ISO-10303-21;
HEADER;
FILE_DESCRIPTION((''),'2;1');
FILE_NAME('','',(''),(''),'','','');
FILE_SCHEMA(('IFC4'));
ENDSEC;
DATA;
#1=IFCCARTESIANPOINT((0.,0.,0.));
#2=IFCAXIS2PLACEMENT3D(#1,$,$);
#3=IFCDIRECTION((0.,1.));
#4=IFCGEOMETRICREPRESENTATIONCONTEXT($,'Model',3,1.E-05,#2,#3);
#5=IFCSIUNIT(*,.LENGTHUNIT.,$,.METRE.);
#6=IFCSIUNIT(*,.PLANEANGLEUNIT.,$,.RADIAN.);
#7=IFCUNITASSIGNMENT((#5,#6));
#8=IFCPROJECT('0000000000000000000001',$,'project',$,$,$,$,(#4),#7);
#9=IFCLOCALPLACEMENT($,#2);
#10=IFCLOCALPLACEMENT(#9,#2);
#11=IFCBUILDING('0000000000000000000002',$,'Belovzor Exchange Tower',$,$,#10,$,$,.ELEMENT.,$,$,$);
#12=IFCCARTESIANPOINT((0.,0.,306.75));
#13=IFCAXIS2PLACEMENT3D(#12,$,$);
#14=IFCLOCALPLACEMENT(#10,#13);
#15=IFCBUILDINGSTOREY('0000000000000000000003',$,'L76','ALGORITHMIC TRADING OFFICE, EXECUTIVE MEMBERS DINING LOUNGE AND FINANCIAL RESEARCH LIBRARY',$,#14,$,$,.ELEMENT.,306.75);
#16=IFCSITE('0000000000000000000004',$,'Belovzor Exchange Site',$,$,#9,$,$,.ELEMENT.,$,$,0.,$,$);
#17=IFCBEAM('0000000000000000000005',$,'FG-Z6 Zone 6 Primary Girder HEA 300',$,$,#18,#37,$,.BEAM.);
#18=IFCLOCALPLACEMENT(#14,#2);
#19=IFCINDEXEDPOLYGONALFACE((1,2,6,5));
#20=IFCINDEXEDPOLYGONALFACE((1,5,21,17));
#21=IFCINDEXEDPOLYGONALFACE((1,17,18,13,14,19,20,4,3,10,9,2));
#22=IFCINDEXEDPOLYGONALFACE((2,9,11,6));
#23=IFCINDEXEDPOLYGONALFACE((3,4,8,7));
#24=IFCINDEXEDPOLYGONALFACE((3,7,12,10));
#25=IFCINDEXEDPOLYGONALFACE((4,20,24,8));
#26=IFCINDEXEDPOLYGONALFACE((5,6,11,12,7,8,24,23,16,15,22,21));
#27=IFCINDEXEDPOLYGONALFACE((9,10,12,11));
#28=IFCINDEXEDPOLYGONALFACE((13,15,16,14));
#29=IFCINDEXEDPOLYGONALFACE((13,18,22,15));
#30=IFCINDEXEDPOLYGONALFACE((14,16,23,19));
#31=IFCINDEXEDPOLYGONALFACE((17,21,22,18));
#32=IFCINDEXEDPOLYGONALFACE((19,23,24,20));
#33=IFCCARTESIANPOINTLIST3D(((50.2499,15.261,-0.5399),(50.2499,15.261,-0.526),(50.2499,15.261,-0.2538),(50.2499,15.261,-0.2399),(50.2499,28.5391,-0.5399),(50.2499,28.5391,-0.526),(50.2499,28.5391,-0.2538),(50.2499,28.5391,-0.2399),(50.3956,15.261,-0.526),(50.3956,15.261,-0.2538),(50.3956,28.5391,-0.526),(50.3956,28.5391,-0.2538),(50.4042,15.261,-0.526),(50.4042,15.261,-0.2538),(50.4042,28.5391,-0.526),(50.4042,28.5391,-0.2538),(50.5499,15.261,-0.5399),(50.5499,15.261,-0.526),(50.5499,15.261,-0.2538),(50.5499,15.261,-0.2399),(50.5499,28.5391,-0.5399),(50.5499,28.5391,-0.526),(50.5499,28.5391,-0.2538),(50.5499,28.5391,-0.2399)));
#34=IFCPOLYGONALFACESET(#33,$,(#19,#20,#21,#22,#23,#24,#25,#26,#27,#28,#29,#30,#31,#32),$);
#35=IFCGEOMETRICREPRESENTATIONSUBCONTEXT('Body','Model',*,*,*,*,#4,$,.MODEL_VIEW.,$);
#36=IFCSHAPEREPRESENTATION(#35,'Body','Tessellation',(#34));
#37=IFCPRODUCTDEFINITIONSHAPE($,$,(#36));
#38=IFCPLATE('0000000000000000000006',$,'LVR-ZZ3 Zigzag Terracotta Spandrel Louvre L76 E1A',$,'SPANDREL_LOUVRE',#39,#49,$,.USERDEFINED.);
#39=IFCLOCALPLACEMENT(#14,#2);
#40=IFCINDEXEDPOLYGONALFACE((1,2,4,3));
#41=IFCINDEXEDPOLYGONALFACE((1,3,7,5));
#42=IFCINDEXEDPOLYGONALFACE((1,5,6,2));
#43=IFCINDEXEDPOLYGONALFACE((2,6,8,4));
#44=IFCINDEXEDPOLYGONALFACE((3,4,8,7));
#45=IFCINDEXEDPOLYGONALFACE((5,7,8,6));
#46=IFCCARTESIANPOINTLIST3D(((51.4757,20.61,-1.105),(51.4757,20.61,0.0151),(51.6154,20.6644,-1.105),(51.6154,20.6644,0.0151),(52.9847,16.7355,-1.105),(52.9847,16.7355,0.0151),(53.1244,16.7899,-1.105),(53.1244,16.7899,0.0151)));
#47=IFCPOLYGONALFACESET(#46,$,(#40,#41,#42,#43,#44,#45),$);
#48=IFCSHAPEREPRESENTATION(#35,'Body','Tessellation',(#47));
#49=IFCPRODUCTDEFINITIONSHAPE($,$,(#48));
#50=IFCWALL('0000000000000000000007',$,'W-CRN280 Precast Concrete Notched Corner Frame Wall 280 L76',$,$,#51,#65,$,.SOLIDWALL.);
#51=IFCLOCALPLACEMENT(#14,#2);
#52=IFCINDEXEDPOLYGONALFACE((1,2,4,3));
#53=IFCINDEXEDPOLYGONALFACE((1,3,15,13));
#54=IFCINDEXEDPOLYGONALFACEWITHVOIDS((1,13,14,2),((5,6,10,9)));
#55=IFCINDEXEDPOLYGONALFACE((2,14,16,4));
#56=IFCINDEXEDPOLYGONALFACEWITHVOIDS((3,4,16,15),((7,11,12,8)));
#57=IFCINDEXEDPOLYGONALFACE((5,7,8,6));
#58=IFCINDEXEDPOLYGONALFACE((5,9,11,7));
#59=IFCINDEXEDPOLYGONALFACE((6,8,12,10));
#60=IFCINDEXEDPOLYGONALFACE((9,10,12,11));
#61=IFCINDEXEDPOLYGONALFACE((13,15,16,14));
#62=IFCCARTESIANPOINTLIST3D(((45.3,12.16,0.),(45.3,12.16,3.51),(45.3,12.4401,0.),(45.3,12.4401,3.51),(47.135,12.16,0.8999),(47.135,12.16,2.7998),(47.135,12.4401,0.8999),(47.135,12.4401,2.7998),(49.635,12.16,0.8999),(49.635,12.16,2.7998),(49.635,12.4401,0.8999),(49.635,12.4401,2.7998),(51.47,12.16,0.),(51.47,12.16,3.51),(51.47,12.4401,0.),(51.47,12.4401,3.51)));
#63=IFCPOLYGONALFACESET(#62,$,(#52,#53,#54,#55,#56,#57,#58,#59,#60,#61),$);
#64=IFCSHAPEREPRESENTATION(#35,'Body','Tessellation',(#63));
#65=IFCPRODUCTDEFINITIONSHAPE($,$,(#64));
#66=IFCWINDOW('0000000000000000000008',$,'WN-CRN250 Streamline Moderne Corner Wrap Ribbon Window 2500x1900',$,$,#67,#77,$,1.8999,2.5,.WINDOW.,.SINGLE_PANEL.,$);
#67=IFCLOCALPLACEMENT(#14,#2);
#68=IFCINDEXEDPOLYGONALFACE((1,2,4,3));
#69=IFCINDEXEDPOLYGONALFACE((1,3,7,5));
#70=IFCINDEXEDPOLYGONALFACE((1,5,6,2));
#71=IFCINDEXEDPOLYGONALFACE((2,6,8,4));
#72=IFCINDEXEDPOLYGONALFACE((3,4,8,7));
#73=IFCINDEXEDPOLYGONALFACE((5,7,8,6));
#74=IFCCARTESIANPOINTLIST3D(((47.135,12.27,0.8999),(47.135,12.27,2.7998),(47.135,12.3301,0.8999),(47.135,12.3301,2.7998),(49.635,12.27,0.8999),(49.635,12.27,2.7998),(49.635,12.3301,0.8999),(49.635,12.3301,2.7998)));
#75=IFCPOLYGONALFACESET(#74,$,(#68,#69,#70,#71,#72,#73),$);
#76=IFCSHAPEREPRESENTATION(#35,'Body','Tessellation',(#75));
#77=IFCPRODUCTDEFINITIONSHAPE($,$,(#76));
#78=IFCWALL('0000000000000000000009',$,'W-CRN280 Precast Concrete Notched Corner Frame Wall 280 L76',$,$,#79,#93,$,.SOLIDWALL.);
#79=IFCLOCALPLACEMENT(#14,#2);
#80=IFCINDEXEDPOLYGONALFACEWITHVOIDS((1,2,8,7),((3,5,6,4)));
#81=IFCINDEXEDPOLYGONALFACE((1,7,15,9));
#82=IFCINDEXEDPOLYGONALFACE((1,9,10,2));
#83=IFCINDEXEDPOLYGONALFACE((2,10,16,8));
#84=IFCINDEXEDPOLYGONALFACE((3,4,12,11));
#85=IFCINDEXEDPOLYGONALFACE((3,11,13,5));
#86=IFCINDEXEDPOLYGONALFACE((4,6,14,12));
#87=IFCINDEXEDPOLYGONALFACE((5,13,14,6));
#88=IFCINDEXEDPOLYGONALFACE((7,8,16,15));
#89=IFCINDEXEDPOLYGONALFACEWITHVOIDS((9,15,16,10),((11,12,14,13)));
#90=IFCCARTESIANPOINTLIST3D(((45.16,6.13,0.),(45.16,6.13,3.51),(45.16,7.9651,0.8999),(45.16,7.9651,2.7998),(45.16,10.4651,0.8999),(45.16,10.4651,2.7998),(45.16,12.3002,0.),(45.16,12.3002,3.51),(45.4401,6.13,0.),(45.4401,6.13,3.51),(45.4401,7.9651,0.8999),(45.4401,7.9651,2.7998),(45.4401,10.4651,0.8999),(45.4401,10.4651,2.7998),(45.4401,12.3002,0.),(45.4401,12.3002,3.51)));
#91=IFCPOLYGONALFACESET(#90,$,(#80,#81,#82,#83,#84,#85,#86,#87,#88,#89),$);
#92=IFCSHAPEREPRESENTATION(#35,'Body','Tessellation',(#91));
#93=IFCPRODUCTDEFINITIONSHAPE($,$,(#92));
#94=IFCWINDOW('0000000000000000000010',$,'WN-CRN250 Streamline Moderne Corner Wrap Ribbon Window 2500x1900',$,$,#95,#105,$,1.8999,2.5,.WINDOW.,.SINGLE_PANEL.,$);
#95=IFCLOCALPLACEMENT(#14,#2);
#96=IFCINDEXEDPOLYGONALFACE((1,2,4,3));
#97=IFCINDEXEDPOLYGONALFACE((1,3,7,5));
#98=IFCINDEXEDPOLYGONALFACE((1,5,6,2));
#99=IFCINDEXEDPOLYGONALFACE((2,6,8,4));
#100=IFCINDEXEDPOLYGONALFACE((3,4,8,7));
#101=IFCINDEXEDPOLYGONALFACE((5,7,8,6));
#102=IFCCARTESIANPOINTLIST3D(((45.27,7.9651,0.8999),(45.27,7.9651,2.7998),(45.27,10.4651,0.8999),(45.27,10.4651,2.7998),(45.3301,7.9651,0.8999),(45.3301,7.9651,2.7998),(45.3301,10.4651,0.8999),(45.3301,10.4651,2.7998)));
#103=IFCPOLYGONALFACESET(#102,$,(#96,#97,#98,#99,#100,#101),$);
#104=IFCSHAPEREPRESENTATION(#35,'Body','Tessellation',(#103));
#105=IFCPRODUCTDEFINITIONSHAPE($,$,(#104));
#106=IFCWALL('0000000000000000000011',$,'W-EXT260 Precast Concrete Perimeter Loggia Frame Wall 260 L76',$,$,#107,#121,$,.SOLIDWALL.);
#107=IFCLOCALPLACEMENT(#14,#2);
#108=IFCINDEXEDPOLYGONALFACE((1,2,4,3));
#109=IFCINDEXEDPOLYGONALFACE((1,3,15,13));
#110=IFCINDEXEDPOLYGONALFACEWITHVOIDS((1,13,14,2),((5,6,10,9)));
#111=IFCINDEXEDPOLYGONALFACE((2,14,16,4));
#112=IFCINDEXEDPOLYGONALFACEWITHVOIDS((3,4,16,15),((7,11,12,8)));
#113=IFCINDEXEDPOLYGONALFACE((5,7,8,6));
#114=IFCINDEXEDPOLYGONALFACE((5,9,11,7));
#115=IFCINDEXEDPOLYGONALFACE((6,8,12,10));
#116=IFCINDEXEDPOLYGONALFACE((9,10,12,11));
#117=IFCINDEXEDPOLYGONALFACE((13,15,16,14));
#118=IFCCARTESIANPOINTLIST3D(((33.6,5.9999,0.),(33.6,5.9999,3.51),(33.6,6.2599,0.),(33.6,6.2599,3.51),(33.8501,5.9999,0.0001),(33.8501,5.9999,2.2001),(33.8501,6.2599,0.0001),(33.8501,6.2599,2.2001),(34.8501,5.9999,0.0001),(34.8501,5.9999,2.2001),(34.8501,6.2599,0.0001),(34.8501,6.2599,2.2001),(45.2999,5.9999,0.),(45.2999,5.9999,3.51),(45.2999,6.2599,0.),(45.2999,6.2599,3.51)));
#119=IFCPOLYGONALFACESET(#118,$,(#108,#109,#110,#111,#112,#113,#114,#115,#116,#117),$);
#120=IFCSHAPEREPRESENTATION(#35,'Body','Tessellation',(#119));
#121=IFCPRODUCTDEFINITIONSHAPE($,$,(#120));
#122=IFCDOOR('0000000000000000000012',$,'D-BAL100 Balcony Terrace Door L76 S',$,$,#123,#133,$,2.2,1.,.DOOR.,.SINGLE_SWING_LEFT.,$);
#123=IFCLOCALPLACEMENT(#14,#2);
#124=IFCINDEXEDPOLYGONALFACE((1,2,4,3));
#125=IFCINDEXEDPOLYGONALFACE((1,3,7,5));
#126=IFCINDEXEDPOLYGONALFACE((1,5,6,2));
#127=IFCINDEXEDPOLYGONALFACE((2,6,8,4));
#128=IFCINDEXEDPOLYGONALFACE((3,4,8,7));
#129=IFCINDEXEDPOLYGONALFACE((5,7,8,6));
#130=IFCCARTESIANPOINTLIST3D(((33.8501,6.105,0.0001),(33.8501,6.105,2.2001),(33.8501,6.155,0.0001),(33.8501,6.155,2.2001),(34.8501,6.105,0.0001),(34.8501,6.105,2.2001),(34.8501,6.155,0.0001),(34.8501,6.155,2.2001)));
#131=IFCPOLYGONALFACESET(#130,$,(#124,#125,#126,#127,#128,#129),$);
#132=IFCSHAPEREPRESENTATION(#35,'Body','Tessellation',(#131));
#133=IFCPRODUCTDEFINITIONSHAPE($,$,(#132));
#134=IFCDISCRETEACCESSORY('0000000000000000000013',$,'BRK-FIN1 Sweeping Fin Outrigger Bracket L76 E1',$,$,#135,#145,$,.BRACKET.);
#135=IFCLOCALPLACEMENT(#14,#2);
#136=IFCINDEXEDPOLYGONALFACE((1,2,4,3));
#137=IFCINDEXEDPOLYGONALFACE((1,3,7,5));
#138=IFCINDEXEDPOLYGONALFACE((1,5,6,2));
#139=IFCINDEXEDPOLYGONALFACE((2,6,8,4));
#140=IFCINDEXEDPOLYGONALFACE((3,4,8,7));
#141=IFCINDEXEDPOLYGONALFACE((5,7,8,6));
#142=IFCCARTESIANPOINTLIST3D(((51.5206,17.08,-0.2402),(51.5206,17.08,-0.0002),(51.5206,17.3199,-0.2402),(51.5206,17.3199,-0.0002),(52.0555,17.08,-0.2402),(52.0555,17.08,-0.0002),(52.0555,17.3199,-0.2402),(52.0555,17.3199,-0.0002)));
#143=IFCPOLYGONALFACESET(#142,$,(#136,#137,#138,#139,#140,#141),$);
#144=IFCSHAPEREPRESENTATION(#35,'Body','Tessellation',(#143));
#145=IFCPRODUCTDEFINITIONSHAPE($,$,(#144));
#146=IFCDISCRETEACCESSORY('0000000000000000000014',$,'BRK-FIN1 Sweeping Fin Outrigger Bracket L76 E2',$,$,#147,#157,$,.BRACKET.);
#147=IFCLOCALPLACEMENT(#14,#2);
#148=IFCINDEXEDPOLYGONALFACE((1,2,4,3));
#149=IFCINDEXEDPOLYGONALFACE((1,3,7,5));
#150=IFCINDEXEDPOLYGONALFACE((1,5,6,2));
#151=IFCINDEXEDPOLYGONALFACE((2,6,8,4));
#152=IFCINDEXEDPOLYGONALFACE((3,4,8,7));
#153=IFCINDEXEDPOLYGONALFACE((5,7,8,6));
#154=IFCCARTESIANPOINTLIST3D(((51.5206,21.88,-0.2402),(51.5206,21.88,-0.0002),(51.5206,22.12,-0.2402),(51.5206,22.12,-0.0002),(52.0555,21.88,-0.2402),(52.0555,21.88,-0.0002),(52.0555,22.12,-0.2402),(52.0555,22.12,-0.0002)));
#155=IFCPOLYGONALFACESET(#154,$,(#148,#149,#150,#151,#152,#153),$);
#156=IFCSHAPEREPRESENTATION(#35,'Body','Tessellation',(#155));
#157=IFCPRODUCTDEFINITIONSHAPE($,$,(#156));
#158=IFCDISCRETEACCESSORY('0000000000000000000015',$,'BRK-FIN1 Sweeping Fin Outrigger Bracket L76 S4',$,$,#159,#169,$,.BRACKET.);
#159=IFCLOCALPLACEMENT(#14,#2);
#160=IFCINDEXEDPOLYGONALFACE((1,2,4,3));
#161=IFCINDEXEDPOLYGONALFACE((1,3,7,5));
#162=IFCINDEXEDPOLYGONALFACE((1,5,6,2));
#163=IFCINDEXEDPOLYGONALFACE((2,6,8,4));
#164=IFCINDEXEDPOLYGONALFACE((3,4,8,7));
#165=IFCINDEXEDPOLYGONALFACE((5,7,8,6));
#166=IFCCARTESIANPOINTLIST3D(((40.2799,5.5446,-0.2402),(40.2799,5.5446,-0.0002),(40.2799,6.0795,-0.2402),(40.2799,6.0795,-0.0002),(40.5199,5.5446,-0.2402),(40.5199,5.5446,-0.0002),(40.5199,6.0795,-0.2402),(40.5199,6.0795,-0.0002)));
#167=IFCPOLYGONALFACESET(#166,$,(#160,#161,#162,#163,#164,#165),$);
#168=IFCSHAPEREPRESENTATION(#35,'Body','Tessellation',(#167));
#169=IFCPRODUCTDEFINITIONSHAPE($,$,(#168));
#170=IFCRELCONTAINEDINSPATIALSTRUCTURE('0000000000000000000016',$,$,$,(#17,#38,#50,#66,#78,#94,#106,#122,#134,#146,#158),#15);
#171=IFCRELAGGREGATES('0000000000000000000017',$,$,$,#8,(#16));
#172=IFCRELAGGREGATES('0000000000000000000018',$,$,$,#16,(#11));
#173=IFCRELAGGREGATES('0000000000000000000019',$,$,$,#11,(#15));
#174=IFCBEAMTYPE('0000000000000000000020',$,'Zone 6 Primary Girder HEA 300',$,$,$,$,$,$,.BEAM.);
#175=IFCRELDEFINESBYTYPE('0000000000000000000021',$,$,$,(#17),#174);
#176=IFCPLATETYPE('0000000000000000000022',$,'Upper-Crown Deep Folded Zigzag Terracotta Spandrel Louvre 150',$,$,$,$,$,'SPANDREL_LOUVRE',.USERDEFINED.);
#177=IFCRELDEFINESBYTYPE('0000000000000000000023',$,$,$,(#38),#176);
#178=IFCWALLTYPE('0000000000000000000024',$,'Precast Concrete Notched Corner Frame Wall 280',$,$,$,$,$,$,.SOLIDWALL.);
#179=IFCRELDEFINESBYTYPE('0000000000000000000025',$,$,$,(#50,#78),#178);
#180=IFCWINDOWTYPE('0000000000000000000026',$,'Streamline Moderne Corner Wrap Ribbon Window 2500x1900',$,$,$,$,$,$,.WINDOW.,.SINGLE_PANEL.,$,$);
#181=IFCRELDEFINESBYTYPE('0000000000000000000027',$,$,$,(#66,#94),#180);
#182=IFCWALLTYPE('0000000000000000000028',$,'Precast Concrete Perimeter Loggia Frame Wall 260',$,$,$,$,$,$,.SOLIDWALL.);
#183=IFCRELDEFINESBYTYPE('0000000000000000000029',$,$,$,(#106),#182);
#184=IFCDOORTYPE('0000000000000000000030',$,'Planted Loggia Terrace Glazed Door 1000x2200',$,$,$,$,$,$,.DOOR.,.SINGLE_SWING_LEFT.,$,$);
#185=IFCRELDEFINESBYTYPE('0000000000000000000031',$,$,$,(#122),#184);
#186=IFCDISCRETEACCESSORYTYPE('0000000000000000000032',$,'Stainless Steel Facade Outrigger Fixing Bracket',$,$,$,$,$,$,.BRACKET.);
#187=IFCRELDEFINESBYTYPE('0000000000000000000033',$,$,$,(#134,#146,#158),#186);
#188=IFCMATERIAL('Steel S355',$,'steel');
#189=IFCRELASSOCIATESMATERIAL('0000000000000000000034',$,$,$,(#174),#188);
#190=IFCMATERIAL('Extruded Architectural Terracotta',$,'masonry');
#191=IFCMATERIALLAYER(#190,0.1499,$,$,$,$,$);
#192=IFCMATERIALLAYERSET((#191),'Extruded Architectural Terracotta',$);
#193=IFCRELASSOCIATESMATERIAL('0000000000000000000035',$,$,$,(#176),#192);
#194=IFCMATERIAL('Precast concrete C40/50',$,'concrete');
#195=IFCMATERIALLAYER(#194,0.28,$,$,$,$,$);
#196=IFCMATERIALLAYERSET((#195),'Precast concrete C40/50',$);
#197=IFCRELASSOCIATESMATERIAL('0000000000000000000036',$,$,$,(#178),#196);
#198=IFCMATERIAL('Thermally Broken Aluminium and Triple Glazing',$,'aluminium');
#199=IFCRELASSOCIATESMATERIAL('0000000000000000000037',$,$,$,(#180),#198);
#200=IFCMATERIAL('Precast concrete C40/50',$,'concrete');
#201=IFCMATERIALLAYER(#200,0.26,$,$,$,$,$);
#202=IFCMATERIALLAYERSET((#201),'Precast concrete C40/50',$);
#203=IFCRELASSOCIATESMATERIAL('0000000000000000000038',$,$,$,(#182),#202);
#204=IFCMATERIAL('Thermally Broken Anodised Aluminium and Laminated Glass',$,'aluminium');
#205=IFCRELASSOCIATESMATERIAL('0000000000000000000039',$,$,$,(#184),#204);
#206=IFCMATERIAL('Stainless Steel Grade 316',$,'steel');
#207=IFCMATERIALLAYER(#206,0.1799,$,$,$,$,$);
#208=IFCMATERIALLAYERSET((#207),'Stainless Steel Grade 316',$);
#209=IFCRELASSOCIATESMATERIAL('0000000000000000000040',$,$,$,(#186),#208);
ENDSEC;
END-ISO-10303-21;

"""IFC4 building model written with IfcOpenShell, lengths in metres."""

from ifc_helpers import new_model, si_unit, direction, frame, frame_2d, origin, origin_2d, place, context, subcontext, project, spatial, rectangle, i_section, extrude, material, layer, layer_set, material_profile, profile_set, type_object, element, fill, save


model = new_model("IFC4")

# Units and contexts
model_context = context("Model", 3, precision=1e-05, world=origin(), true_north=direction((0.0, 1.0)))
body_context = subcontext(model_context, "Body", "Model", "MODEL_VIEW")
ifc_project = project(units=[si_unit("LENGTHUNIT", "METRE"), si_unit("PLANEANGLEUNIT", "RADIAN")], contexts=[model_context])

# Site, building, storey
site_placement = place(None, origin())
site = spatial("IfcSite", under=ifc_project, at=site_placement, Name="Belovzor Exchange Site", CompositionType="ELEMENT", RefElevation=0.0)
building_placement = place(site_placement, origin())
building = spatial("IfcBuilding", under=site, at=building_placement, Name="Belovzor Exchange Tower", CompositionType="ELEMENT")
storey_placement = place(building_placement, frame((0.0, 0.0, 306.75)))
storey = spatial("IfcBuildingStorey", under=building, at=storey_placement, Name="L76", Description="ALGORITHMIC TRADING OFFICE, EXECUTIVE MEMBERS DINING LOUNGE AND FINANCIAL RESEARCH LIBRARY", CompositionType="ELEMENT", Elevation=306.75)

# Beam
ifc_material_1 = material(Name="Steel S355", Category="steel")
ifc_material_profile_1 = material_profile(ifc_material_1, i_section(OverallWidth=0.3, OverallDepth=0.3, WebThickness=0.0085, FlangeThickness=0.0139, at=origin_2d()))
ifc_profile_set_1 = profile_set([ifc_material_profile_1], Name="Steel S355")
beam_type_1 = type_object("IfcBeamType", Name="Zone 6 Primary Girder HEA 300", PredefinedType="BEAM", material=ifc_profile_set_1)
beam_1_placement = place(storey_placement, frame((50.3999, 15.261, -0.3899), z_axis=(0.0, 1.0, 0.0), x_axis=(-1.0, 0.0, 0.0)))
element("IfcBeam", 1, at=beam_1_placement, inside=storey, type_object=beam_type_1, Name="FG-Z6 Zone 6 Primary Girder HEA 300", PredefinedType="BEAM", context=body_context, shape_type="SweptSolid", body=[
    extrude(i_section(OverallWidth=0.3, OverallDepth=0.3, WebThickness=0.0085, FlangeThickness=0.0139, at=origin_2d()), origin(), (0.0, 0.0, 1.0), 13.2781),
])

# Plate
ifc_material_2 = material(Name="Extruded Architectural Terracotta", Category="masonry")
ifc_layer_1 = layer(ifc_material_2, 0.1499)
ifc_layer_set_1 = layer_set([ifc_layer_1], Name="Extruded Architectural Terracotta")
plate_type = type_object("IfcPlateType", Name="Upper-Crown Deep Folded Zigzag Terracotta Spandrel Louvre 150", ElementType="SPANDREL_LOUVRE", PredefinedType="USERDEFINED", material=ifc_layer_set_1)
plate_placement = place(storey_placement, frame((52.3, 18.7, -1.105), z_axis=(0.0, 0.0, 1.0), x_axis=(-0.362926, 0.931818, 0.0)))
element("IfcPlate", 2, at=plate_placement, inside=storey, type_object=plate_type, Name="LVR-ZZ3 Zigzag Terracotta Spandrel Louvre L76 E1A", ObjectType="SPANDREL_LOUVRE", PredefinedType="USERDEFINED", context=body_context, shape_type="SweptSolid", body=[
    extrude(rectangle(XDim=4.158, YDim=0.1499, at=origin_2d()), origin(), (0.0, 0.0, 1.0), 1.1201),
])

# Walls, openings, windows
ifc_material_3 = material(Name="Precast concrete C40/50", Category="concrete")
ifc_layer_2 = layer(ifc_material_3, 0.28)
ifc_layer_set_2 = layer_set([ifc_layer_2], Name="Precast concrete C40/50")
wall_type_1 = type_object("IfcWallType", Name="Precast Concrete Notched Corner Frame Wall 280", PredefinedType="SOLIDWALL", material=ifc_layer_set_2)
wall_1_placement = place(storey_placement, frame((51.47, 12.3, 0.0), z_axis=(0.0, 0.0, 1.0), x_axis=(-1.0, 0.0, 0.0)))
wall_1 = element("IfcWall", 3, at=wall_1_placement, inside=storey, type_object=wall_type_1, Name="W-CRN280 Precast Concrete Notched Corner Frame Wall 280 L76", PredefinedType="SOLIDWALL", context=body_context, shape_type="SweptSolid", body=[
    extrude(rectangle(XDim=6.1699, YDim=0.28, at=frame_2d((3.085, 0.0))), origin(), (0.0, 0.0, 1.0), 3.51),
])
opening_1_placement = place(wall_1_placement, frame((1.835, 0.0, 0.8999)))
opening_1 = element("IfcOpeningElement", 4, at=opening_1_placement, cuts=wall_1, PredefinedType="OPENING", context=body_context, shape_type="SweptSolid", body=[
    extrude(rectangle(XDim=2.5, YDim=1.8999, at=frame_2d((1.25, 0.95))), frame((0.0, 0.1499, 0.0), z_axis=(0.0, -1.0, 0.0), x_axis=(1.0, 0.0, 0.0)), (0.0, 0.0, 1.0), 0.3),
])
ifc_material_4 = material(Name="Thermally Broken Aluminium and Triple Glazing", Category="aluminium")
window_type = type_object("IfcWindowType", Name="Streamline Moderne Corner Wrap Ribbon Window 2500x1900", PartitioningType="SINGLE_PANEL", PredefinedType="WINDOW", material=ifc_material_4)
window_1_placement = place(opening_1_placement, origin())
window_1 = element("IfcWindow", 5, at=window_1_placement, inside=storey, type_object=window_type, Name="WN-CRN250 Streamline Moderne Corner Wrap Ribbon Window 2500x1900", OverallHeight=1.8999, OverallWidth=2.5, PartitioningType="SINGLE_PANEL", PredefinedType="WINDOW", context=body_context, shape_type="SweptSolid", body=[
    extrude(rectangle(XDim=2.5, YDim=1.8999, at=frame_2d((1.25, 0.95))), frame((0.0, 0.03, 0.0), z_axis=(0.0, -1.0, 0.0), x_axis=(1.0, 0.0, 0.0)), (0.0, 0.0, 1.0), 0.0601),
])
fill(opening_1, window_1)
wall_2_placement = place(storey_placement, frame((45.3, 12.3, 0.0), z_axis=(0.0, 0.0, 1.0), x_axis=(0.0, -1.0, 0.0)))
wall_2 = element("IfcWall", 6, at=wall_2_placement, inside=storey, type_object=wall_type_1, Name="W-CRN280 Precast Concrete Notched Corner Frame Wall 280 L76", PredefinedType="SOLIDWALL", context=body_context, shape_type="SweptSolid", body=[
    extrude(rectangle(XDim=6.1702, YDim=0.28, at=frame_2d((3.085, 0.0))), origin(), (0.0, 0.0, 1.0), 3.51),
])
opening_2_placement = place(wall_2_placement, frame((1.835, 0.0, 0.8999)))
opening_2 = element("IfcOpeningElement", 7, at=opening_2_placement, cuts=wall_2, PredefinedType="OPENING", context=body_context, shape_type="SweptSolid", body=[
    extrude(rectangle(XDim=2.5, YDim=1.8999, at=frame_2d((1.25, 0.95))), frame((0.0, 0.1499, 0.0), z_axis=(0.0, -1.0, 0.0), x_axis=(1.0, 0.0, 0.0)), (0.0, 0.0, 1.0), 0.3),
])
window_2_placement = place(opening_2_placement, origin())
window_2 = element("IfcWindow", 8, at=window_2_placement, inside=storey, type_object=window_type, Name="WN-CRN250 Streamline Moderne Corner Wrap Ribbon Window 2500x1900", OverallHeight=1.8999, OverallWidth=2.5, PartitioningType="SINGLE_PANEL", PredefinedType="WINDOW", context=body_context, shape_type="SweptSolid", body=[
    extrude(rectangle(XDim=2.5, YDim=1.8999, at=frame_2d((1.25, 0.95))), frame((0.0, 0.03, 0.0), z_axis=(0.0, -1.0, 0.0), x_axis=(1.0, 0.0, 0.0)), (0.0, 0.0, 1.0), 0.0601),
])
fill(opening_2, window_2)

# Wall, opening, door
ifc_material_5 = material(Name="Precast concrete C40/50", Category="concrete")
ifc_layer_3 = layer(ifc_material_5, 0.26)
ifc_layer_set_3 = layer_set([ifc_layer_3], Name="Precast concrete C40/50")
wall_type_2 = type_object("IfcWallType", Name="Precast Concrete Perimeter Loggia Frame Wall 260", PredefinedType="SOLIDWALL", material=ifc_layer_set_3)
wall_3_placement = place(storey_placement, frame((45.3, 6.1299, 0.0), z_axis=(0.0, 0.0, 1.0), x_axis=(-1.0, 0.0, 0.0)))
wall_3 = element("IfcWall", 9, at=wall_3_placement, inside=storey, type_object=wall_type_2, Name="W-EXT260 Precast Concrete Perimeter Loggia Frame Wall 260 L76", PredefinedType="SOLIDWALL", context=body_context, shape_type="SweptSolid", body=[
    extrude(rectangle(XDim=11.7, YDim=0.26, at=frame_2d((5.8501, 0.0))), origin(), (0.0, 0.0, 1.0), 3.51),
])
opening_3_placement = place(wall_3_placement, frame((10.45, 0.0, 0.0)))
opening_3 = element("IfcOpeningElement", 10, at=opening_3_placement, cuts=wall_3, PredefinedType="OPENING", context=body_context, shape_type="SweptSolid", body=[
    extrude(rectangle(XDim=1.0, YDim=2.2, at=frame_2d((0.5, 1.1001))), frame((0.0, 0.1399, 0.0), z_axis=(0.0, -1.0, 0.0), x_axis=(1.0, 0.0, 0.0)), (0.0, 0.0, 1.0), 0.28),
])
ifc_material_6 = material(Name="Thermally Broken Anodised Aluminium and Laminated Glass", Category="aluminium")
door_type = type_object("IfcDoorType", Name="Planted Loggia Terrace Glazed Door 1000x2200", OperationType="SINGLE_SWING_LEFT", PredefinedType="DOOR", material=ifc_material_6)
door_placement = place(opening_3_placement, origin())
door = element("IfcDoor", 11, at=door_placement, inside=storey, type_object=door_type, Name="D-BAL100 Balcony Terrace Door L76 S", OperationType="SINGLE_SWING_LEFT", OverallHeight=2.2, OverallWidth=1.0, PredefinedType="DOOR", context=body_context, shape_type="SweptSolid", body=[
    extrude(rectangle(XDim=1.0, YDim=2.2, at=frame_2d((0.5, 1.1001))), frame((0.0, 0.0249, 0.0), z_axis=(0.0, -1.0, 0.0), x_axis=(1.0, 0.0, 0.0)), (0.0, 0.0, 1.0), 0.05),
])
fill(opening_3, door)

# Discrete accessories
ifc_material_7 = material(Name="Stainless Steel Grade 316", Category="steel")
ifc_layer_4 = layer(ifc_material_7, 0.1799)
ifc_layer_set_4 = layer_set([ifc_layer_4], Name="Stainless Steel Grade 316")
discrete_accessory_type = type_object("IfcDiscreteAccessoryType", Name="Stainless Steel Facade Outrigger Fixing Bracket", PredefinedType="BRACKET", material=ifc_layer_set_4)
for number, where, z_axis, x_axis, name in (
    (12, (51.7881, 17.2, -0.2402), (0.0, 0.0, 1.0), (1.0, 0.0, 0.0), "BRK-FIN1 Sweeping Fin Outrigger Bracket L76 E1"),
    (13, (51.7881, 22.0, -0.2402), (0.0, 0.0, 1.0), (1.0, 0.0, 0.0), "BRK-FIN1 Sweeping Fin Outrigger Bracket L76 E2"),
    (14, (40.3999, 5.812, -0.2402), (0.0, 0.0, 1.0), (0.0, 1.0, 0.0), "BRK-FIN1 Sweeping Fin Outrigger Bracket L76 S4"),
):
    element("IfcDiscreteAccessory", number, at=place(storey_placement, frame(where, z_axis=z_axis, x_axis=x_axis)), inside=storey, type_object=discrete_accessory_type, Name=name, PredefinedType="BRACKET", context=body_context, shape_type="SweptSolid", body=[
        extrude(rectangle(XDim=0.5349, YDim=0.24, at=origin_2d()), origin(), (0.0, 0.0, 1.0), 0.24),
    ])

save(model, "model.ifc")
